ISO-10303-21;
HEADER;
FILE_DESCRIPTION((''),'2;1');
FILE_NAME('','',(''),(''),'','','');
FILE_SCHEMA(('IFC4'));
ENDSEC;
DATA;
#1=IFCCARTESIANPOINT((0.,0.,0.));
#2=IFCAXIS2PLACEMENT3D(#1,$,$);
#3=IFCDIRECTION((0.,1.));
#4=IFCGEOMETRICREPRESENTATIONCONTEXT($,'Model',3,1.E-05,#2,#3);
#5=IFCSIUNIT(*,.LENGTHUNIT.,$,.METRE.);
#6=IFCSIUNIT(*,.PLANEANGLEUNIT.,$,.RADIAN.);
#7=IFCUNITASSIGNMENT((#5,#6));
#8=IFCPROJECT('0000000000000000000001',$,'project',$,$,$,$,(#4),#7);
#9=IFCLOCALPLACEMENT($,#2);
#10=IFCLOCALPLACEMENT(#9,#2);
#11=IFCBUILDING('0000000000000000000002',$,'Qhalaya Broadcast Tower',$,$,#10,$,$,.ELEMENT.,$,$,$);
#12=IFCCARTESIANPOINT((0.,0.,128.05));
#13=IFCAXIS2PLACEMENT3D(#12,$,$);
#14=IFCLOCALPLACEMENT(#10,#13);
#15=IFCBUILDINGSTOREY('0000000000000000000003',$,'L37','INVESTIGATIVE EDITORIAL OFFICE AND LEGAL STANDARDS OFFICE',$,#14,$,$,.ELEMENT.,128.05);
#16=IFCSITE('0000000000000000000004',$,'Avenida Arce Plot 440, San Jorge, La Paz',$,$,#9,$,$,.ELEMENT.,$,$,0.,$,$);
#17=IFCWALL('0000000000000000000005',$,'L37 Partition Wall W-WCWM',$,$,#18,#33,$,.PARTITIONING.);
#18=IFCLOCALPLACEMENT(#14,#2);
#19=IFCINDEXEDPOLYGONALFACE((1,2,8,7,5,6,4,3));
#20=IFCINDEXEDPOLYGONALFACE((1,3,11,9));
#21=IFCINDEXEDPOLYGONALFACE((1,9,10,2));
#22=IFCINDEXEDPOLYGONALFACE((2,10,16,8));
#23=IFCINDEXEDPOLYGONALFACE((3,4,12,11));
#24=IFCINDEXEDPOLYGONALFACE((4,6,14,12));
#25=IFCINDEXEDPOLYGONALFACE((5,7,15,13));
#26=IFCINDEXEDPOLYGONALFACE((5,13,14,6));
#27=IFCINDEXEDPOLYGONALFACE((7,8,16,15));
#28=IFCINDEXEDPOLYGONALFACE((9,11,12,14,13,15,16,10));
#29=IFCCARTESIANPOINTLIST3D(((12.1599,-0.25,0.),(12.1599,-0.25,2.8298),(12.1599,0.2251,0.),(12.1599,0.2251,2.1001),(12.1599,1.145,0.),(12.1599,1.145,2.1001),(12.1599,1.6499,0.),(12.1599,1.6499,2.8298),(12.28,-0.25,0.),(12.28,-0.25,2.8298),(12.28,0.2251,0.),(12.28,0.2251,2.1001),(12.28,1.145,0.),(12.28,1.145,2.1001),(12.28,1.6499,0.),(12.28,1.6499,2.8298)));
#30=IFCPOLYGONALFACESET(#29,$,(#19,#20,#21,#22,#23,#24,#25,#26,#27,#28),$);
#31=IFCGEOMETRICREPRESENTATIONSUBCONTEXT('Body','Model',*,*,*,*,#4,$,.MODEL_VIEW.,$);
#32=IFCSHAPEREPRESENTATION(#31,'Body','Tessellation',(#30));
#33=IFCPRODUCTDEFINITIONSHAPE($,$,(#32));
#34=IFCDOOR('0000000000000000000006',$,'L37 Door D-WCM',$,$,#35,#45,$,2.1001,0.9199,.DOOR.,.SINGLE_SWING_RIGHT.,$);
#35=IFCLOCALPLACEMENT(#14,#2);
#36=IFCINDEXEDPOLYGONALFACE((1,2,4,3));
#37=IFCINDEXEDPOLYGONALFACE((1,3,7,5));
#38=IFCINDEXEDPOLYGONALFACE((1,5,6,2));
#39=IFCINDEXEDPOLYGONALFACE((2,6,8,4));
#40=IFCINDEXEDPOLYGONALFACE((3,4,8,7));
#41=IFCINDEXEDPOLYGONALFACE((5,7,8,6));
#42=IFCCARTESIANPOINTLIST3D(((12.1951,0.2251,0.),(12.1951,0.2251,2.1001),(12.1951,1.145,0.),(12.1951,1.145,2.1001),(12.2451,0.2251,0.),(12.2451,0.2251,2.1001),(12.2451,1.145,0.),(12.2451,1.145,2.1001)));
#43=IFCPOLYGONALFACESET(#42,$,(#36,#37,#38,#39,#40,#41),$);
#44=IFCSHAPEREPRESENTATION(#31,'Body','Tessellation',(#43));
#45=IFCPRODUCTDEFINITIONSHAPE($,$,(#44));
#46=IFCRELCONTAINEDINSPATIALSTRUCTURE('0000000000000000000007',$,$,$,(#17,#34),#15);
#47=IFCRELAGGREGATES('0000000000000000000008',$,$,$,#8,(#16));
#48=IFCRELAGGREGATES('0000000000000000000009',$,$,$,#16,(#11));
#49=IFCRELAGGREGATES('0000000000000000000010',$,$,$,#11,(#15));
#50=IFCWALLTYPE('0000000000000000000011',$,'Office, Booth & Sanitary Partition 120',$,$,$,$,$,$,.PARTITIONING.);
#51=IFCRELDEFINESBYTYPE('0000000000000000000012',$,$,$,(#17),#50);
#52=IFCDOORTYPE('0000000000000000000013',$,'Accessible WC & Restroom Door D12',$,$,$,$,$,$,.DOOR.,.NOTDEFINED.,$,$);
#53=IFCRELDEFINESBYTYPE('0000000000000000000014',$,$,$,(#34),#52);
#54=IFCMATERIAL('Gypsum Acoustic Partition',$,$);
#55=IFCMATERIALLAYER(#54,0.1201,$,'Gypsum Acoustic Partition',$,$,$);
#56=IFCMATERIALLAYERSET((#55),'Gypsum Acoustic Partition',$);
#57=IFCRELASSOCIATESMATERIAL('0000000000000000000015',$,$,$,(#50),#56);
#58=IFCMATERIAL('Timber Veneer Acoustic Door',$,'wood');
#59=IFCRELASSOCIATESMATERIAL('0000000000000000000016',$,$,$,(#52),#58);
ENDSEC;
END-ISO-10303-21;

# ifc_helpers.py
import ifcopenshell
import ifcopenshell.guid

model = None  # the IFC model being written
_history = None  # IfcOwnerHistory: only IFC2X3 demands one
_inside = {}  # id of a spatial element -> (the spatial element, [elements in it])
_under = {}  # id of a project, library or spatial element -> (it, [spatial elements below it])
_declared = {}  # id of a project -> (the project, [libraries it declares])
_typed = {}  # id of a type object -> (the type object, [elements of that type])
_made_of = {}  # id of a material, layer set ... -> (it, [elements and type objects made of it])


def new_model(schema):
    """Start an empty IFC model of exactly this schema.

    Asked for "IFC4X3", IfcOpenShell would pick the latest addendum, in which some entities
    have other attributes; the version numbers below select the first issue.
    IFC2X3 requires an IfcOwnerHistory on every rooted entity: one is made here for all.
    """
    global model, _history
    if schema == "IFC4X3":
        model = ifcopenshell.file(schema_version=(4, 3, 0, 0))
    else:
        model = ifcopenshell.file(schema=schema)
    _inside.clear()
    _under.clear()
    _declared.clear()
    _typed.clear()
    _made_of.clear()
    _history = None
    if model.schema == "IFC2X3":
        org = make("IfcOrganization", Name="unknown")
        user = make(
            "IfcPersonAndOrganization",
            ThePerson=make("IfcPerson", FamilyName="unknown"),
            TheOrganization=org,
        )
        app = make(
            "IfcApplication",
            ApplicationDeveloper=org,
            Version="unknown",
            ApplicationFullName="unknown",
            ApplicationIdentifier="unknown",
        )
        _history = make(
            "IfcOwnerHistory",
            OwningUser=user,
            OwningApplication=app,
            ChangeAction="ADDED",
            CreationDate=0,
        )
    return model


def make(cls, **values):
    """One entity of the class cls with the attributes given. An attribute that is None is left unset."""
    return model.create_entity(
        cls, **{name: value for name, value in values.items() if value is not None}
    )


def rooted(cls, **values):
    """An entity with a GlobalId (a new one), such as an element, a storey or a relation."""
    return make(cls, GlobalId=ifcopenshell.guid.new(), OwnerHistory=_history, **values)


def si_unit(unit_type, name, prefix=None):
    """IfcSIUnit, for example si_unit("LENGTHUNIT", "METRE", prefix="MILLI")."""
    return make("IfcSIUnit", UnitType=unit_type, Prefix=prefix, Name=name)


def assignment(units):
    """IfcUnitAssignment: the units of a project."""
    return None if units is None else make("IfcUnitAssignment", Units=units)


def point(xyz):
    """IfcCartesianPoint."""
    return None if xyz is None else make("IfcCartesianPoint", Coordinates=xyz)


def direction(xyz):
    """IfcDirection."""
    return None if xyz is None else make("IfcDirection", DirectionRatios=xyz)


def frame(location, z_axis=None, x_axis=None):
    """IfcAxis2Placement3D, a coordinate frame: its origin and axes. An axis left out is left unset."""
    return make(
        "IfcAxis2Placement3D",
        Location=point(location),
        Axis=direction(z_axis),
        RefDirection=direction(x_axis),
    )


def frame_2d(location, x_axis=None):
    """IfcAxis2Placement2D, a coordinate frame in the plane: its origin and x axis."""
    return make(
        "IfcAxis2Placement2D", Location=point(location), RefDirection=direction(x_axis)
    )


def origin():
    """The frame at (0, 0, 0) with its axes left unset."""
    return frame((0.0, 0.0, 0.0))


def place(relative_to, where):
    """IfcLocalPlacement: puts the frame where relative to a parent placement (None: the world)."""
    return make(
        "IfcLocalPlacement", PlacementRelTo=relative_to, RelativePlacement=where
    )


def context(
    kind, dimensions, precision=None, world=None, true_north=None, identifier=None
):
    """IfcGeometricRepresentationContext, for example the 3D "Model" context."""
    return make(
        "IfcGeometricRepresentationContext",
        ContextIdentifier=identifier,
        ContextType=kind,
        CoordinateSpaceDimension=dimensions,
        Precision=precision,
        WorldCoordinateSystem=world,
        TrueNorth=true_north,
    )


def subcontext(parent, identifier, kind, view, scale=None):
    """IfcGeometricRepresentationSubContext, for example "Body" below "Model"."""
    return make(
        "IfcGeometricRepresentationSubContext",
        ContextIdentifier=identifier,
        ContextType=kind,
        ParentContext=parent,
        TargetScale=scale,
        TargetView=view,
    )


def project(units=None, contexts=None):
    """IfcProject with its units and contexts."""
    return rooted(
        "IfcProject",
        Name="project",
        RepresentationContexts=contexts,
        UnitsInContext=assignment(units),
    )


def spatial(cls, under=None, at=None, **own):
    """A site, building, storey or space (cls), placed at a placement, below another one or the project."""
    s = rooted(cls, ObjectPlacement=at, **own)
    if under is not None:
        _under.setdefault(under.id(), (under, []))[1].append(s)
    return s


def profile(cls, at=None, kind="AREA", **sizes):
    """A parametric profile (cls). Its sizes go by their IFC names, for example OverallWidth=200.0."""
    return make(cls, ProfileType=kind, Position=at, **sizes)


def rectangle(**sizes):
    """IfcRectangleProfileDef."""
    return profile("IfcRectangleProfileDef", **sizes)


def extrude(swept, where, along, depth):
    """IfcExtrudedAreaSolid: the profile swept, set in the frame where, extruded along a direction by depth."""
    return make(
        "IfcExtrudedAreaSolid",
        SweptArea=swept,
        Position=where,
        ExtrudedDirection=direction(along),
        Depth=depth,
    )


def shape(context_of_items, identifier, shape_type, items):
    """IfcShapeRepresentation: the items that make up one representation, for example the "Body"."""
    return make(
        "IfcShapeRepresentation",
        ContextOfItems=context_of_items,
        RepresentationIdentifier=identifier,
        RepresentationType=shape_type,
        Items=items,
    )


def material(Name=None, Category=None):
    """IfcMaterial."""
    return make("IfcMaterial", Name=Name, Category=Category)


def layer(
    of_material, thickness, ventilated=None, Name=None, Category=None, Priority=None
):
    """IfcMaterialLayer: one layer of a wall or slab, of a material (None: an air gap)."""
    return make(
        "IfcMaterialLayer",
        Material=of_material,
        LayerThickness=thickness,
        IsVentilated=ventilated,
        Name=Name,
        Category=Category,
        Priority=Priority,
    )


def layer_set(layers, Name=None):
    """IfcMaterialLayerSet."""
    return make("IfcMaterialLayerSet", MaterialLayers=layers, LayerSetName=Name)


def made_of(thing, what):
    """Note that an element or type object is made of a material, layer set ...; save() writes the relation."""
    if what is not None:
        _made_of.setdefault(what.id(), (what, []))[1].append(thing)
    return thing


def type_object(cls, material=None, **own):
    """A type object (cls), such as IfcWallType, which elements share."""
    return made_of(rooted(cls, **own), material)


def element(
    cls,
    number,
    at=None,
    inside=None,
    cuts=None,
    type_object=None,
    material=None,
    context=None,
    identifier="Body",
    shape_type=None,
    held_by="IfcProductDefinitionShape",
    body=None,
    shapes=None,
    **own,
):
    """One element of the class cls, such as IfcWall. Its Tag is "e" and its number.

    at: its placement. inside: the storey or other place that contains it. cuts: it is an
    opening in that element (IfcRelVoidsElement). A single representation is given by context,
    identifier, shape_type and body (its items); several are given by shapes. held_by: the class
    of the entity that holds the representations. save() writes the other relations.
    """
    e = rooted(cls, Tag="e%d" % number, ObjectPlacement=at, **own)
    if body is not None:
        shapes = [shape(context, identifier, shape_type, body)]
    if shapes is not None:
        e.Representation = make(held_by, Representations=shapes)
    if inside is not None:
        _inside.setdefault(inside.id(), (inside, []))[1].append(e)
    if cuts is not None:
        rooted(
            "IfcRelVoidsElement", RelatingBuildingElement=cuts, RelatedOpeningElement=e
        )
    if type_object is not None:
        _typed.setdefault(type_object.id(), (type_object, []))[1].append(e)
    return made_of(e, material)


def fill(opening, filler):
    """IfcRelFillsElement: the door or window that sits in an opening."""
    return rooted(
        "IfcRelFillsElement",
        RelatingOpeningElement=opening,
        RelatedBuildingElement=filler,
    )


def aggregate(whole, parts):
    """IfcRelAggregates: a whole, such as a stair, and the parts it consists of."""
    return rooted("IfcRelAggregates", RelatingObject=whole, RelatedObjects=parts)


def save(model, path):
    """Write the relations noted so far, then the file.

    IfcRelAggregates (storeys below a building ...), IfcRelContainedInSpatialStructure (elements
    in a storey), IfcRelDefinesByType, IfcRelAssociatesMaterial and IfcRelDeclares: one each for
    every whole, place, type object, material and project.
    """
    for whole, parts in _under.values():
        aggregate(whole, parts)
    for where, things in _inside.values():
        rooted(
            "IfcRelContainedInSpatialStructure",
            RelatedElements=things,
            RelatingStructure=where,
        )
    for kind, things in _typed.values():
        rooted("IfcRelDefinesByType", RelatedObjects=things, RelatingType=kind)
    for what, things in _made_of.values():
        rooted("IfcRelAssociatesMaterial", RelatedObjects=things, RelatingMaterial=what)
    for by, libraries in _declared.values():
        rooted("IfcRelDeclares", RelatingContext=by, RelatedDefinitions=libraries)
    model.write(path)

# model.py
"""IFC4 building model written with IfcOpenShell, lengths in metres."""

from ifc_helpers import new_model, si_unit, direction, frame, frame_2d, origin, place, context, subcontext, project, spatial, rectangle, extrude, material, layer, layer_set, type_object, element, fill, save


model = new_model("IFC4")

# Units and contexts
model_context = context("Model", 3, precision=1e-05, world=origin(), true_north=direction((0.0, 1.0)))
body_context = subcontext(model_context, "Body", "Model", "MODEL_VIEW")
ifc_project = project(units=[si_unit("LENGTHUNIT", "METRE"), si_unit("PLANEANGLEUNIT", "RADIAN")], contexts=[model_context])

# Site, building, storey
site_placement = place(None, origin())
site = spatial("IfcSite", under=ifc_project, at=site_placement, Name="Avenida Arce Plot 440, San Jorge, La Paz", CompositionType="ELEMENT", RefElevation=0.0)
building_placement = place(site_placement, origin())
building = spatial("IfcBuilding", under=site, at=building_placement, Name="Qhalaya Broadcast Tower", CompositionType="ELEMENT")
storey_placement = place(building_placement, frame((0.0, 0.0, 128.05)))
storey = spatial("IfcBuildingStorey", under=building, at=storey_placement, Name="L37", Description="INVESTIGATIVE EDITORIAL OFFICE AND LEGAL STANDARDS OFFICE", CompositionType="ELEMENT", Elevation=128.05)

# Shared definitions
ifc_material_1 = material(Name="Gypsum Acoustic Partition")
ifc_material_2 = material(Name="Timber Veneer Acoustic Door", Category="wood")

# Wall, opening, door
ifc_layer_1 = layer(ifc_material_1, 0.1201, Name="Gypsum Acoustic Partition")
ifc_layer_set_1 = layer_set([ifc_layer_1], Name="Gypsum Acoustic Partition")
wall_type_1 = type_object("IfcWallType", Name="Office, Booth & Sanitary Partition 120", PredefinedType="PARTITIONING", material=ifc_layer_set_1)
door_type_1 = type_object("IfcDoorType", Name="Accessible WC & Restroom Door D12", OperationType="NOTDEFINED", PredefinedType="DOOR", material=ifc_material_2)
wall_1_placement = place(storey_placement, frame((12.22, -0.25, 0.0), z_axis=(0.0, 0.0, 1.0), x_axis=(0.0, 1.0, 0.0)))
wall_1 = element("IfcWall", 1, at=wall_1_placement, inside=storey, type_object=wall_type_1, Name="L37 Partition Wall W-WCWM", PredefinedType="PARTITIONING", context=body_context, shape_type="SweptSolid", body=[
    extrude(rectangle(XDim=1.8999, YDim=0.1201, at=frame_2d((0.95, 0.0))), origin(), (0.0, 0.0, 1.0), 2.8298),
])
opening_1_placement = place(wall_1_placement, frame((0.4751, 0.0, 0.0)))
opening_1 = element("IfcOpeningElement", 2, at=opening_1_placement, cuts=wall_1, PredefinedType="OPENING", context=body_context, shape_type="SweptSolid", body=[
    extrude(rectangle(XDim=0.9199, YDim=2.1001, at=frame_2d((0.46, 1.05))), frame((0.0, 0.072, 0.0), z_axis=(0.0, -1.0, 0.0), x_axis=(1.0, 0.0, 0.0)), (0.0, 0.0, 1.0), 0.144),
])
door_1_placement = place(opening_1_placement, origin())
door_1 = element("IfcDoor", 3, at=door_1_placement, inside=storey, type_object=door_type_1, Name="L37 Door D-WCM", OperationType="SINGLE_SWING_RIGHT", OverallHeight=2.1001, OverallWidth=0.9199, PredefinedType="DOOR", context=body_context, shape_type="SweptSolid", body=[
    extrude(rectangle(XDim=0.9199, YDim=2.1001, at=frame_2d((0.46, 1.05))), frame((0.0, 0.0249, 0.0), z_axis=(0.0, -1.0, 0.0), x_axis=(1.0, 0.0, 0.0)), (0.0, 0.0, 1.0), 0.05),
])
fill(opening_1, door_1)

save(model, "model.ifc")
